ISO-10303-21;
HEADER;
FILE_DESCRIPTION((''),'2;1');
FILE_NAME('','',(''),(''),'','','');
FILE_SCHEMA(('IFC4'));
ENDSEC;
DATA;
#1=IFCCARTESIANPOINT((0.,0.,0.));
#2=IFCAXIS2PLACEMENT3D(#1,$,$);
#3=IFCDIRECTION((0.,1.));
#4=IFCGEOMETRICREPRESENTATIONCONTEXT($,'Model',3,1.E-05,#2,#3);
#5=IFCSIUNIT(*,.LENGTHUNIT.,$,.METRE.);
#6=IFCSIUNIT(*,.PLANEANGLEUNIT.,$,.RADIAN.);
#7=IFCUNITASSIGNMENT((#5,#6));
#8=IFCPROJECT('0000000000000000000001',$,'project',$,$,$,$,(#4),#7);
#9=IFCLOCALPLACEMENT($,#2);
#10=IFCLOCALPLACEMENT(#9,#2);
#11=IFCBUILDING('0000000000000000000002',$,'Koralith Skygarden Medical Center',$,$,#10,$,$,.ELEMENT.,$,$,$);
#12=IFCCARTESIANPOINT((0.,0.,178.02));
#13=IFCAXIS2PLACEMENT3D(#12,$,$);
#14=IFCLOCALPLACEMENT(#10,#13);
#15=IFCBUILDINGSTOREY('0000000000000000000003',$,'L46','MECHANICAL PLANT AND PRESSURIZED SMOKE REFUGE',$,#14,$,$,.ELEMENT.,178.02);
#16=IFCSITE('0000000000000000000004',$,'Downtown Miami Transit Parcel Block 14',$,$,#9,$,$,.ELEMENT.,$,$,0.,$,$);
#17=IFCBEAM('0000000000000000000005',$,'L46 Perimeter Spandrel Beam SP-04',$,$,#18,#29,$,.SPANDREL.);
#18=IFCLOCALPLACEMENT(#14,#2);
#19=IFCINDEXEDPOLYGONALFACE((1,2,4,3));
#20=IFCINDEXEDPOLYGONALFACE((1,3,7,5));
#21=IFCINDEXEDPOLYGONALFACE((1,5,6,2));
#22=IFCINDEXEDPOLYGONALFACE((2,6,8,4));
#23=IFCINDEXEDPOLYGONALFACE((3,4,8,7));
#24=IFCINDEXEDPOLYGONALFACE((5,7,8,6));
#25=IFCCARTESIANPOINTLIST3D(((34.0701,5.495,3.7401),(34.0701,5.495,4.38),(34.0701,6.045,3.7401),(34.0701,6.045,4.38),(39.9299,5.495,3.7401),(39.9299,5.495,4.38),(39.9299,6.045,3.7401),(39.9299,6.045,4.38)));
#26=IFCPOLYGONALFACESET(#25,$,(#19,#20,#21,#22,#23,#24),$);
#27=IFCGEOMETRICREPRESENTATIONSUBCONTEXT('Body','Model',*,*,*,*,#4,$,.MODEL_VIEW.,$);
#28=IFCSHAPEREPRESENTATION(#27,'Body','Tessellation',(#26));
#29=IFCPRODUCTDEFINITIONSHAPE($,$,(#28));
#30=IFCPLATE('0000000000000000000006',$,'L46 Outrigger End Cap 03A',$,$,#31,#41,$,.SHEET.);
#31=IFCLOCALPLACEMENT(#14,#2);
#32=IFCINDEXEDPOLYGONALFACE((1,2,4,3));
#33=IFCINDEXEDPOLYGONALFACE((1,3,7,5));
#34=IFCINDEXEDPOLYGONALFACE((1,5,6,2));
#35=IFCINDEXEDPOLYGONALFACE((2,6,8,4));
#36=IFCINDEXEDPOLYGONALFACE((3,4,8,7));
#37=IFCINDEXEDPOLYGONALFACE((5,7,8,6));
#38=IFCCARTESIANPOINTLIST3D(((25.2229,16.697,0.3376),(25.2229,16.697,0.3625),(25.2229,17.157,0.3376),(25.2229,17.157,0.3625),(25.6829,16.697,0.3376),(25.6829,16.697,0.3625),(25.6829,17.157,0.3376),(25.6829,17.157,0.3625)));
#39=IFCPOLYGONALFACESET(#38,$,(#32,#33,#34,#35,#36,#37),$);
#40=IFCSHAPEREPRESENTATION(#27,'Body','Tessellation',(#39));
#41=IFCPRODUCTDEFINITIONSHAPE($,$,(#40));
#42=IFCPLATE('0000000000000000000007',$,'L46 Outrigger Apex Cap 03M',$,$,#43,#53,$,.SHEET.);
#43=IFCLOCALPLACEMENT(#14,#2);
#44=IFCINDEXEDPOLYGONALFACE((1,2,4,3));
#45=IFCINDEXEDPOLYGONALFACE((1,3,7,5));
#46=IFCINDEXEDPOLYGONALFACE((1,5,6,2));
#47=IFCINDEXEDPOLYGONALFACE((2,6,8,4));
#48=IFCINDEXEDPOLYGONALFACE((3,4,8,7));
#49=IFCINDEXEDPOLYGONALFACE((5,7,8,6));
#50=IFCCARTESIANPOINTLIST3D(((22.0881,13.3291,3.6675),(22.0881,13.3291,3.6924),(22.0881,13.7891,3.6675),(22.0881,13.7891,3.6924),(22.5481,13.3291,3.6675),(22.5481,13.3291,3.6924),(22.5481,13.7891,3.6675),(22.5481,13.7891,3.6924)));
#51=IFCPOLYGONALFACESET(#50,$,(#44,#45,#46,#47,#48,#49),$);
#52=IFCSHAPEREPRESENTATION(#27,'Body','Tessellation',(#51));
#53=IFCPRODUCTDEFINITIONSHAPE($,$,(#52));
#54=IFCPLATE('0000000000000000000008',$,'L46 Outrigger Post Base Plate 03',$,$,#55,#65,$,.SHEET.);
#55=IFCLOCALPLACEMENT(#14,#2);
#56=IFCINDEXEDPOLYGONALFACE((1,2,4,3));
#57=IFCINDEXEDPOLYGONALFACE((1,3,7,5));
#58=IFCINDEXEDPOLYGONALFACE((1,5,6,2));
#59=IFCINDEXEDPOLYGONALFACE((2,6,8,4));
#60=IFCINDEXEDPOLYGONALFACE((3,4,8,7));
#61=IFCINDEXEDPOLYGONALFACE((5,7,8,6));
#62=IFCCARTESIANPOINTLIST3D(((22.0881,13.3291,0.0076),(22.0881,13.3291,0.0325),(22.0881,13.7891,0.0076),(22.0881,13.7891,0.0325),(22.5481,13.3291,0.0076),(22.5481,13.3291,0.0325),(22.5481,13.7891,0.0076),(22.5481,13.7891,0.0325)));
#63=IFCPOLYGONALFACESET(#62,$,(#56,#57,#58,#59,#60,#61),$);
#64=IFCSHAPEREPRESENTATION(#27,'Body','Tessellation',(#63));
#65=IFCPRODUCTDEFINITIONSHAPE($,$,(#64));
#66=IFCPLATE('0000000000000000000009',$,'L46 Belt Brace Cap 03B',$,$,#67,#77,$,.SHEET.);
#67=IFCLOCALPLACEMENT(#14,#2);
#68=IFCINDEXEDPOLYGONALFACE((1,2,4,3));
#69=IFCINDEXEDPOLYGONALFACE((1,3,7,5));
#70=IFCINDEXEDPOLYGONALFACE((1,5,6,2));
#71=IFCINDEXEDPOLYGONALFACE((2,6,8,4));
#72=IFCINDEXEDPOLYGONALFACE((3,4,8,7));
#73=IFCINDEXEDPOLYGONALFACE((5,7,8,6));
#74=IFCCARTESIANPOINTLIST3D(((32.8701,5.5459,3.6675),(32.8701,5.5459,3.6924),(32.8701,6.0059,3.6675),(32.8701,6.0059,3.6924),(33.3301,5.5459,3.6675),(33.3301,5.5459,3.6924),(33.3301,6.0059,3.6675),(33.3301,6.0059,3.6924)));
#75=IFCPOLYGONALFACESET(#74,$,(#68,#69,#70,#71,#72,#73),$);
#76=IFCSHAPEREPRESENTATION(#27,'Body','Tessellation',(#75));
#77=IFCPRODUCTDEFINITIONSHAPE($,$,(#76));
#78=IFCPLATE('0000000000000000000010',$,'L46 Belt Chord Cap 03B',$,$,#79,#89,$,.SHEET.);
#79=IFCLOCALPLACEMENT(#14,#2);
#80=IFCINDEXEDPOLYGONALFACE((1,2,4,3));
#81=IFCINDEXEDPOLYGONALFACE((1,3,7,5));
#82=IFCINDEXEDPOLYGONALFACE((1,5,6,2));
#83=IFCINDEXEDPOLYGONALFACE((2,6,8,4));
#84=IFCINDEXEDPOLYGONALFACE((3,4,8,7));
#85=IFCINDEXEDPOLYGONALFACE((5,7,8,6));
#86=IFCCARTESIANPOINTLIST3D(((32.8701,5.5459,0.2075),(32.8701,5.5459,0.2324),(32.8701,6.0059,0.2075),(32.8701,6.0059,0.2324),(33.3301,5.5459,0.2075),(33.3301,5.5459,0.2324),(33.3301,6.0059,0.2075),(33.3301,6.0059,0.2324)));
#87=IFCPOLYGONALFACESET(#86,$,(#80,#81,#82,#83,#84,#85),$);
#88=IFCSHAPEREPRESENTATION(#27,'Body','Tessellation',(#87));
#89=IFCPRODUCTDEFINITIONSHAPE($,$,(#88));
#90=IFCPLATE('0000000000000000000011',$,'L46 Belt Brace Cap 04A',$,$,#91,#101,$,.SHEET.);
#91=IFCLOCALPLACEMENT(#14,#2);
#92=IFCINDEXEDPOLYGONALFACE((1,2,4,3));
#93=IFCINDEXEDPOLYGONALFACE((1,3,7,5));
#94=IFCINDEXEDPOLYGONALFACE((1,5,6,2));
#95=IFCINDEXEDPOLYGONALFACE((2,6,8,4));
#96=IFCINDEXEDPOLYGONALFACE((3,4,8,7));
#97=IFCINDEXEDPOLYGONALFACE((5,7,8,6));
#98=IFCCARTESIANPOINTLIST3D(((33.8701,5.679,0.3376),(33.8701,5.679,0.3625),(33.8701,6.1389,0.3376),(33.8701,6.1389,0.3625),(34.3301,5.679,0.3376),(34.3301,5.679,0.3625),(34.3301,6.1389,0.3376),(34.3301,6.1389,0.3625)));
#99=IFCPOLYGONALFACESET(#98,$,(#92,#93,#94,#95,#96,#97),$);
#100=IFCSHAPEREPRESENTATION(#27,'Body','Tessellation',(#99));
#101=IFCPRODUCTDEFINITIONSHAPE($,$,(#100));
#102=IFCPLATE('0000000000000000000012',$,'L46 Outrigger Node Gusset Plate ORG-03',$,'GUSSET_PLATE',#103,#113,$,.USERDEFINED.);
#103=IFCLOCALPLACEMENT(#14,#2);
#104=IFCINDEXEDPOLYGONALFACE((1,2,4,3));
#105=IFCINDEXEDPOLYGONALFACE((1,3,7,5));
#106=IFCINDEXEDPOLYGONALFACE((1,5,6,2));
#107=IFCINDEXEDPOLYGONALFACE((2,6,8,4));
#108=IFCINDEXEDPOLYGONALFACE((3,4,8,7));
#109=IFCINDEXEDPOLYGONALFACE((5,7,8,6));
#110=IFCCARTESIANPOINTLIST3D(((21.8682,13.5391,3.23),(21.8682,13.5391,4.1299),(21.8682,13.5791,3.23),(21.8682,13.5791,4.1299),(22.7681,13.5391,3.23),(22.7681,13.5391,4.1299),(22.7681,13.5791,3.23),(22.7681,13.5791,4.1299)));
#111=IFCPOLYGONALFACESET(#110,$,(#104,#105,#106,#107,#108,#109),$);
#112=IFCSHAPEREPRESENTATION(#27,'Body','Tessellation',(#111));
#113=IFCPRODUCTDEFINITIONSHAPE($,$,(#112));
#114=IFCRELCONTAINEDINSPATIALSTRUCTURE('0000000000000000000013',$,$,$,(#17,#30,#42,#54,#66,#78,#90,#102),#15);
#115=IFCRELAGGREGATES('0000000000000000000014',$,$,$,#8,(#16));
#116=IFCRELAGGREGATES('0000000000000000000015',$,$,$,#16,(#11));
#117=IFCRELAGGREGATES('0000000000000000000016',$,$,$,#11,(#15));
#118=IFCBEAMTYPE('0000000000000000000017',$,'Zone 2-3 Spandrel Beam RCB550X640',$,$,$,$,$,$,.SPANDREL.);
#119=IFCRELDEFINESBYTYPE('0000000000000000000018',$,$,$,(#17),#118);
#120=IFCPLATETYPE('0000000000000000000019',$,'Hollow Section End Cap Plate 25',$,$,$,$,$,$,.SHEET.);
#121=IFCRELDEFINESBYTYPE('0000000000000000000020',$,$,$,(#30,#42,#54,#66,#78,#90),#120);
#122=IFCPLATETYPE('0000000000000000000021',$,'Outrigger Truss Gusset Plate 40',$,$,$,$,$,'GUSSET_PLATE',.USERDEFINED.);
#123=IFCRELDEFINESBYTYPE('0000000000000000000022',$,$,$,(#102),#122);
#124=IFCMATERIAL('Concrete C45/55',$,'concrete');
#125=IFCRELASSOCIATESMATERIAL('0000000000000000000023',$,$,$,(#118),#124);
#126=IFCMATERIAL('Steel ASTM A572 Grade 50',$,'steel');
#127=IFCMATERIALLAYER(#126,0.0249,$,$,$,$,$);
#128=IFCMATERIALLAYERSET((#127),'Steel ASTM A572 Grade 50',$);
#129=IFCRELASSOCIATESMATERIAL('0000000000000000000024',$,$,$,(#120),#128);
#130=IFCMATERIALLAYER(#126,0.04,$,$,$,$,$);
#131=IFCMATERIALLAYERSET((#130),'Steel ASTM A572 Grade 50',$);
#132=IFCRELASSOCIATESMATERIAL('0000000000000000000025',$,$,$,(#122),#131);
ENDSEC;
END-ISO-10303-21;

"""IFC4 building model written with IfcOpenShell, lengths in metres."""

from ifc_helpers import new_model, si_unit, direction, frame, origin, origin_2d, place, context, subcontext, project, spatial, rectangle, extrude, material, layer, layer_set, material_profile, profile_set, type_object, element, save


model = new_model("IFC4")

# Units and contexts
model_context = context("Model", 3, precision=1e-05, world=origin(), true_north=direction((0.0, 1.0)))
body_context = subcontext(model_context, "Body", "Model", "MODEL_VIEW")
ifc_project = project(units=[si_unit("LENGTHUNIT", "METRE"), si_unit("PLANEANGLEUNIT", "RADIAN")], contexts=[model_context])

# Site, building, storey
site_placement = place(None, origin())
site = spatial("IfcSite", under=ifc_project, at=site_placement, Name="Downtown Miami Transit Parcel Block 14", CompositionType="ELEMENT", RefElevation=0.0)
building_placement = place(site_placement, origin())
building = spatial("IfcBuilding", under=site, at=building_placement, Name="Koralith Skygarden Medical Center", CompositionType="ELEMENT")
storey_placement = place(building_placement, frame((0.0, 0.0, 178.02)))
storey = spatial("IfcBuildingStorey", under=building, at=storey_placement, Name="L46", Description="MECHANICAL PLANT AND PRESSURIZED SMOKE REFUGE", CompositionType="ELEMENT", Elevation=178.02)

# Beam
ifc_material_1 = material(Name="Concrete C45/55", Category="concrete")
ifc_material_profile_1 = material_profile(ifc_material_1, rectangle(XDim=0.55, YDim=0.6399, at=origin_2d()), Name="RCB550X640")
ifc_profile_set_1 = profile_set([ifc_material_profile_1], Name="Concrete C45/55")
beam_type_1 = type_object("IfcBeamType", Name="Zone 2-3 Spandrel Beam RCB550X640", PredefinedType="SPANDREL", material=ifc_profile_set_1)
beam_1_placement = place(storey_placement, frame((34.0701, 5.77, 4.0601), z_axis=(1.0, 0.0, 0.0), x_axis=(0.0, 1.0, 0.0)))
element("IfcBeam", 1, at=beam_1_placement, inside=storey, type_object=beam_type_1, Name="L46 Perimeter Spandrel Beam SP-04", PredefinedType="SPANDREL", context=body_context, shape_type="SweptSolid", body=[
    extrude(rectangle(XDim=0.55, YDim=0.6399, at=origin_2d()), origin(), (0.0, 0.0, 1.0), 5.8599),
])

# Plates
ifc_material_2 = material(Name="Steel ASTM A572 Grade 50", Category="steel")
ifc_layer_1 = layer(ifc_material_2, 0.0249)
ifc_layer_set_1 = layer_set([ifc_layer_1], Name="Steel ASTM A572 Grade 50")
plate_type_1 = type_object("IfcPlateType", Name="Hollow Section End Cap Plate 25", PredefinedType="SHEET", material=ifc_layer_set_1)
for number, where, z_axis, x_axis, name in (
    (2, (25.4529, 16.927, 0.3376), (0.0, 0.0, 1.0), (1.0, 0.0, 0.0), "L46 Outrigger End Cap 03A"),
    (3, (22.3181, 13.5591, 3.6675), (0.0, 0.0, 1.0), (1.0, 0.0, 0.0), "L46 Outrigger Apex Cap 03M"),
    (4, (22.3181, 13.5591, 0.0076), (0.0, 0.0, 1.0), (1.0, 0.0, 0.0), "L46 Outrigger Post Base Plate 03"),
    (5, (33.1001, 5.7759, 3.6675), (0.0, 0.0, 1.0), (1.0, 0.0, 0.0), "L46 Belt Brace Cap 03B"),
    (6, (33.1001, 5.7759, 0.2075), (0.0, 0.0, 1.0), (1.0, 0.0, 0.0), "L46 Belt Chord Cap 03B"),
    (7, (34.1001, 5.9089, 0.3376), (0.0, 0.0, 1.0), (1.0, 0.0, 0.0), "L46 Belt Brace Cap 04A"),
):
    element("IfcPlate", number, at=place(storey_placement, frame(where, z_axis=z_axis, x_axis=x_axis)), inside=storey, type_object=plate_type_1, Name=name, PredefinedType="SHEET", context=body_context, shape_type="SweptSolid", body=[
        extrude(rectangle(XDim=0.46, YDim=0.46, at=origin_2d()), origin(), (0.0, 0.0, 1.0), 0.0249),
    ])
ifc_layer_2 = layer(ifc_material_2, 0.04)
ifc_layer_set_2 = layer_set([ifc_layer_2], Name="Steel ASTM A572 Grade 50")
plate_type_2 = type_object("IfcPlateType", Name="Outrigger Truss Gusset Plate 40", ElementType="GUSSET_PLATE", PredefinedType="USERDEFINED", material=ifc_layer_set_2)
plate_placement = place(storey_placement, frame((22.3181, 13.5591, 3.23), z_axis=(0.0, 0.0, 1.0), x_axis=(1.0, 0.0, 0.0)))
element("IfcPlate", 8, at=plate_placement, inside=storey, type_object=plate_type_2, Name="L46 Outrigger Node Gusset Plate ORG-03", ObjectType="GUSSET_PLATE", PredefinedType="USERDEFINED", context=body_context, shape_type="SweptSolid", body=[
    extrude(rectangle(XDim=0.8999, YDim=0.04, at=origin_2d()), origin(), (0.0, 0.0, 1.0), 0.8999),
])

save(model, "model.ifc")
